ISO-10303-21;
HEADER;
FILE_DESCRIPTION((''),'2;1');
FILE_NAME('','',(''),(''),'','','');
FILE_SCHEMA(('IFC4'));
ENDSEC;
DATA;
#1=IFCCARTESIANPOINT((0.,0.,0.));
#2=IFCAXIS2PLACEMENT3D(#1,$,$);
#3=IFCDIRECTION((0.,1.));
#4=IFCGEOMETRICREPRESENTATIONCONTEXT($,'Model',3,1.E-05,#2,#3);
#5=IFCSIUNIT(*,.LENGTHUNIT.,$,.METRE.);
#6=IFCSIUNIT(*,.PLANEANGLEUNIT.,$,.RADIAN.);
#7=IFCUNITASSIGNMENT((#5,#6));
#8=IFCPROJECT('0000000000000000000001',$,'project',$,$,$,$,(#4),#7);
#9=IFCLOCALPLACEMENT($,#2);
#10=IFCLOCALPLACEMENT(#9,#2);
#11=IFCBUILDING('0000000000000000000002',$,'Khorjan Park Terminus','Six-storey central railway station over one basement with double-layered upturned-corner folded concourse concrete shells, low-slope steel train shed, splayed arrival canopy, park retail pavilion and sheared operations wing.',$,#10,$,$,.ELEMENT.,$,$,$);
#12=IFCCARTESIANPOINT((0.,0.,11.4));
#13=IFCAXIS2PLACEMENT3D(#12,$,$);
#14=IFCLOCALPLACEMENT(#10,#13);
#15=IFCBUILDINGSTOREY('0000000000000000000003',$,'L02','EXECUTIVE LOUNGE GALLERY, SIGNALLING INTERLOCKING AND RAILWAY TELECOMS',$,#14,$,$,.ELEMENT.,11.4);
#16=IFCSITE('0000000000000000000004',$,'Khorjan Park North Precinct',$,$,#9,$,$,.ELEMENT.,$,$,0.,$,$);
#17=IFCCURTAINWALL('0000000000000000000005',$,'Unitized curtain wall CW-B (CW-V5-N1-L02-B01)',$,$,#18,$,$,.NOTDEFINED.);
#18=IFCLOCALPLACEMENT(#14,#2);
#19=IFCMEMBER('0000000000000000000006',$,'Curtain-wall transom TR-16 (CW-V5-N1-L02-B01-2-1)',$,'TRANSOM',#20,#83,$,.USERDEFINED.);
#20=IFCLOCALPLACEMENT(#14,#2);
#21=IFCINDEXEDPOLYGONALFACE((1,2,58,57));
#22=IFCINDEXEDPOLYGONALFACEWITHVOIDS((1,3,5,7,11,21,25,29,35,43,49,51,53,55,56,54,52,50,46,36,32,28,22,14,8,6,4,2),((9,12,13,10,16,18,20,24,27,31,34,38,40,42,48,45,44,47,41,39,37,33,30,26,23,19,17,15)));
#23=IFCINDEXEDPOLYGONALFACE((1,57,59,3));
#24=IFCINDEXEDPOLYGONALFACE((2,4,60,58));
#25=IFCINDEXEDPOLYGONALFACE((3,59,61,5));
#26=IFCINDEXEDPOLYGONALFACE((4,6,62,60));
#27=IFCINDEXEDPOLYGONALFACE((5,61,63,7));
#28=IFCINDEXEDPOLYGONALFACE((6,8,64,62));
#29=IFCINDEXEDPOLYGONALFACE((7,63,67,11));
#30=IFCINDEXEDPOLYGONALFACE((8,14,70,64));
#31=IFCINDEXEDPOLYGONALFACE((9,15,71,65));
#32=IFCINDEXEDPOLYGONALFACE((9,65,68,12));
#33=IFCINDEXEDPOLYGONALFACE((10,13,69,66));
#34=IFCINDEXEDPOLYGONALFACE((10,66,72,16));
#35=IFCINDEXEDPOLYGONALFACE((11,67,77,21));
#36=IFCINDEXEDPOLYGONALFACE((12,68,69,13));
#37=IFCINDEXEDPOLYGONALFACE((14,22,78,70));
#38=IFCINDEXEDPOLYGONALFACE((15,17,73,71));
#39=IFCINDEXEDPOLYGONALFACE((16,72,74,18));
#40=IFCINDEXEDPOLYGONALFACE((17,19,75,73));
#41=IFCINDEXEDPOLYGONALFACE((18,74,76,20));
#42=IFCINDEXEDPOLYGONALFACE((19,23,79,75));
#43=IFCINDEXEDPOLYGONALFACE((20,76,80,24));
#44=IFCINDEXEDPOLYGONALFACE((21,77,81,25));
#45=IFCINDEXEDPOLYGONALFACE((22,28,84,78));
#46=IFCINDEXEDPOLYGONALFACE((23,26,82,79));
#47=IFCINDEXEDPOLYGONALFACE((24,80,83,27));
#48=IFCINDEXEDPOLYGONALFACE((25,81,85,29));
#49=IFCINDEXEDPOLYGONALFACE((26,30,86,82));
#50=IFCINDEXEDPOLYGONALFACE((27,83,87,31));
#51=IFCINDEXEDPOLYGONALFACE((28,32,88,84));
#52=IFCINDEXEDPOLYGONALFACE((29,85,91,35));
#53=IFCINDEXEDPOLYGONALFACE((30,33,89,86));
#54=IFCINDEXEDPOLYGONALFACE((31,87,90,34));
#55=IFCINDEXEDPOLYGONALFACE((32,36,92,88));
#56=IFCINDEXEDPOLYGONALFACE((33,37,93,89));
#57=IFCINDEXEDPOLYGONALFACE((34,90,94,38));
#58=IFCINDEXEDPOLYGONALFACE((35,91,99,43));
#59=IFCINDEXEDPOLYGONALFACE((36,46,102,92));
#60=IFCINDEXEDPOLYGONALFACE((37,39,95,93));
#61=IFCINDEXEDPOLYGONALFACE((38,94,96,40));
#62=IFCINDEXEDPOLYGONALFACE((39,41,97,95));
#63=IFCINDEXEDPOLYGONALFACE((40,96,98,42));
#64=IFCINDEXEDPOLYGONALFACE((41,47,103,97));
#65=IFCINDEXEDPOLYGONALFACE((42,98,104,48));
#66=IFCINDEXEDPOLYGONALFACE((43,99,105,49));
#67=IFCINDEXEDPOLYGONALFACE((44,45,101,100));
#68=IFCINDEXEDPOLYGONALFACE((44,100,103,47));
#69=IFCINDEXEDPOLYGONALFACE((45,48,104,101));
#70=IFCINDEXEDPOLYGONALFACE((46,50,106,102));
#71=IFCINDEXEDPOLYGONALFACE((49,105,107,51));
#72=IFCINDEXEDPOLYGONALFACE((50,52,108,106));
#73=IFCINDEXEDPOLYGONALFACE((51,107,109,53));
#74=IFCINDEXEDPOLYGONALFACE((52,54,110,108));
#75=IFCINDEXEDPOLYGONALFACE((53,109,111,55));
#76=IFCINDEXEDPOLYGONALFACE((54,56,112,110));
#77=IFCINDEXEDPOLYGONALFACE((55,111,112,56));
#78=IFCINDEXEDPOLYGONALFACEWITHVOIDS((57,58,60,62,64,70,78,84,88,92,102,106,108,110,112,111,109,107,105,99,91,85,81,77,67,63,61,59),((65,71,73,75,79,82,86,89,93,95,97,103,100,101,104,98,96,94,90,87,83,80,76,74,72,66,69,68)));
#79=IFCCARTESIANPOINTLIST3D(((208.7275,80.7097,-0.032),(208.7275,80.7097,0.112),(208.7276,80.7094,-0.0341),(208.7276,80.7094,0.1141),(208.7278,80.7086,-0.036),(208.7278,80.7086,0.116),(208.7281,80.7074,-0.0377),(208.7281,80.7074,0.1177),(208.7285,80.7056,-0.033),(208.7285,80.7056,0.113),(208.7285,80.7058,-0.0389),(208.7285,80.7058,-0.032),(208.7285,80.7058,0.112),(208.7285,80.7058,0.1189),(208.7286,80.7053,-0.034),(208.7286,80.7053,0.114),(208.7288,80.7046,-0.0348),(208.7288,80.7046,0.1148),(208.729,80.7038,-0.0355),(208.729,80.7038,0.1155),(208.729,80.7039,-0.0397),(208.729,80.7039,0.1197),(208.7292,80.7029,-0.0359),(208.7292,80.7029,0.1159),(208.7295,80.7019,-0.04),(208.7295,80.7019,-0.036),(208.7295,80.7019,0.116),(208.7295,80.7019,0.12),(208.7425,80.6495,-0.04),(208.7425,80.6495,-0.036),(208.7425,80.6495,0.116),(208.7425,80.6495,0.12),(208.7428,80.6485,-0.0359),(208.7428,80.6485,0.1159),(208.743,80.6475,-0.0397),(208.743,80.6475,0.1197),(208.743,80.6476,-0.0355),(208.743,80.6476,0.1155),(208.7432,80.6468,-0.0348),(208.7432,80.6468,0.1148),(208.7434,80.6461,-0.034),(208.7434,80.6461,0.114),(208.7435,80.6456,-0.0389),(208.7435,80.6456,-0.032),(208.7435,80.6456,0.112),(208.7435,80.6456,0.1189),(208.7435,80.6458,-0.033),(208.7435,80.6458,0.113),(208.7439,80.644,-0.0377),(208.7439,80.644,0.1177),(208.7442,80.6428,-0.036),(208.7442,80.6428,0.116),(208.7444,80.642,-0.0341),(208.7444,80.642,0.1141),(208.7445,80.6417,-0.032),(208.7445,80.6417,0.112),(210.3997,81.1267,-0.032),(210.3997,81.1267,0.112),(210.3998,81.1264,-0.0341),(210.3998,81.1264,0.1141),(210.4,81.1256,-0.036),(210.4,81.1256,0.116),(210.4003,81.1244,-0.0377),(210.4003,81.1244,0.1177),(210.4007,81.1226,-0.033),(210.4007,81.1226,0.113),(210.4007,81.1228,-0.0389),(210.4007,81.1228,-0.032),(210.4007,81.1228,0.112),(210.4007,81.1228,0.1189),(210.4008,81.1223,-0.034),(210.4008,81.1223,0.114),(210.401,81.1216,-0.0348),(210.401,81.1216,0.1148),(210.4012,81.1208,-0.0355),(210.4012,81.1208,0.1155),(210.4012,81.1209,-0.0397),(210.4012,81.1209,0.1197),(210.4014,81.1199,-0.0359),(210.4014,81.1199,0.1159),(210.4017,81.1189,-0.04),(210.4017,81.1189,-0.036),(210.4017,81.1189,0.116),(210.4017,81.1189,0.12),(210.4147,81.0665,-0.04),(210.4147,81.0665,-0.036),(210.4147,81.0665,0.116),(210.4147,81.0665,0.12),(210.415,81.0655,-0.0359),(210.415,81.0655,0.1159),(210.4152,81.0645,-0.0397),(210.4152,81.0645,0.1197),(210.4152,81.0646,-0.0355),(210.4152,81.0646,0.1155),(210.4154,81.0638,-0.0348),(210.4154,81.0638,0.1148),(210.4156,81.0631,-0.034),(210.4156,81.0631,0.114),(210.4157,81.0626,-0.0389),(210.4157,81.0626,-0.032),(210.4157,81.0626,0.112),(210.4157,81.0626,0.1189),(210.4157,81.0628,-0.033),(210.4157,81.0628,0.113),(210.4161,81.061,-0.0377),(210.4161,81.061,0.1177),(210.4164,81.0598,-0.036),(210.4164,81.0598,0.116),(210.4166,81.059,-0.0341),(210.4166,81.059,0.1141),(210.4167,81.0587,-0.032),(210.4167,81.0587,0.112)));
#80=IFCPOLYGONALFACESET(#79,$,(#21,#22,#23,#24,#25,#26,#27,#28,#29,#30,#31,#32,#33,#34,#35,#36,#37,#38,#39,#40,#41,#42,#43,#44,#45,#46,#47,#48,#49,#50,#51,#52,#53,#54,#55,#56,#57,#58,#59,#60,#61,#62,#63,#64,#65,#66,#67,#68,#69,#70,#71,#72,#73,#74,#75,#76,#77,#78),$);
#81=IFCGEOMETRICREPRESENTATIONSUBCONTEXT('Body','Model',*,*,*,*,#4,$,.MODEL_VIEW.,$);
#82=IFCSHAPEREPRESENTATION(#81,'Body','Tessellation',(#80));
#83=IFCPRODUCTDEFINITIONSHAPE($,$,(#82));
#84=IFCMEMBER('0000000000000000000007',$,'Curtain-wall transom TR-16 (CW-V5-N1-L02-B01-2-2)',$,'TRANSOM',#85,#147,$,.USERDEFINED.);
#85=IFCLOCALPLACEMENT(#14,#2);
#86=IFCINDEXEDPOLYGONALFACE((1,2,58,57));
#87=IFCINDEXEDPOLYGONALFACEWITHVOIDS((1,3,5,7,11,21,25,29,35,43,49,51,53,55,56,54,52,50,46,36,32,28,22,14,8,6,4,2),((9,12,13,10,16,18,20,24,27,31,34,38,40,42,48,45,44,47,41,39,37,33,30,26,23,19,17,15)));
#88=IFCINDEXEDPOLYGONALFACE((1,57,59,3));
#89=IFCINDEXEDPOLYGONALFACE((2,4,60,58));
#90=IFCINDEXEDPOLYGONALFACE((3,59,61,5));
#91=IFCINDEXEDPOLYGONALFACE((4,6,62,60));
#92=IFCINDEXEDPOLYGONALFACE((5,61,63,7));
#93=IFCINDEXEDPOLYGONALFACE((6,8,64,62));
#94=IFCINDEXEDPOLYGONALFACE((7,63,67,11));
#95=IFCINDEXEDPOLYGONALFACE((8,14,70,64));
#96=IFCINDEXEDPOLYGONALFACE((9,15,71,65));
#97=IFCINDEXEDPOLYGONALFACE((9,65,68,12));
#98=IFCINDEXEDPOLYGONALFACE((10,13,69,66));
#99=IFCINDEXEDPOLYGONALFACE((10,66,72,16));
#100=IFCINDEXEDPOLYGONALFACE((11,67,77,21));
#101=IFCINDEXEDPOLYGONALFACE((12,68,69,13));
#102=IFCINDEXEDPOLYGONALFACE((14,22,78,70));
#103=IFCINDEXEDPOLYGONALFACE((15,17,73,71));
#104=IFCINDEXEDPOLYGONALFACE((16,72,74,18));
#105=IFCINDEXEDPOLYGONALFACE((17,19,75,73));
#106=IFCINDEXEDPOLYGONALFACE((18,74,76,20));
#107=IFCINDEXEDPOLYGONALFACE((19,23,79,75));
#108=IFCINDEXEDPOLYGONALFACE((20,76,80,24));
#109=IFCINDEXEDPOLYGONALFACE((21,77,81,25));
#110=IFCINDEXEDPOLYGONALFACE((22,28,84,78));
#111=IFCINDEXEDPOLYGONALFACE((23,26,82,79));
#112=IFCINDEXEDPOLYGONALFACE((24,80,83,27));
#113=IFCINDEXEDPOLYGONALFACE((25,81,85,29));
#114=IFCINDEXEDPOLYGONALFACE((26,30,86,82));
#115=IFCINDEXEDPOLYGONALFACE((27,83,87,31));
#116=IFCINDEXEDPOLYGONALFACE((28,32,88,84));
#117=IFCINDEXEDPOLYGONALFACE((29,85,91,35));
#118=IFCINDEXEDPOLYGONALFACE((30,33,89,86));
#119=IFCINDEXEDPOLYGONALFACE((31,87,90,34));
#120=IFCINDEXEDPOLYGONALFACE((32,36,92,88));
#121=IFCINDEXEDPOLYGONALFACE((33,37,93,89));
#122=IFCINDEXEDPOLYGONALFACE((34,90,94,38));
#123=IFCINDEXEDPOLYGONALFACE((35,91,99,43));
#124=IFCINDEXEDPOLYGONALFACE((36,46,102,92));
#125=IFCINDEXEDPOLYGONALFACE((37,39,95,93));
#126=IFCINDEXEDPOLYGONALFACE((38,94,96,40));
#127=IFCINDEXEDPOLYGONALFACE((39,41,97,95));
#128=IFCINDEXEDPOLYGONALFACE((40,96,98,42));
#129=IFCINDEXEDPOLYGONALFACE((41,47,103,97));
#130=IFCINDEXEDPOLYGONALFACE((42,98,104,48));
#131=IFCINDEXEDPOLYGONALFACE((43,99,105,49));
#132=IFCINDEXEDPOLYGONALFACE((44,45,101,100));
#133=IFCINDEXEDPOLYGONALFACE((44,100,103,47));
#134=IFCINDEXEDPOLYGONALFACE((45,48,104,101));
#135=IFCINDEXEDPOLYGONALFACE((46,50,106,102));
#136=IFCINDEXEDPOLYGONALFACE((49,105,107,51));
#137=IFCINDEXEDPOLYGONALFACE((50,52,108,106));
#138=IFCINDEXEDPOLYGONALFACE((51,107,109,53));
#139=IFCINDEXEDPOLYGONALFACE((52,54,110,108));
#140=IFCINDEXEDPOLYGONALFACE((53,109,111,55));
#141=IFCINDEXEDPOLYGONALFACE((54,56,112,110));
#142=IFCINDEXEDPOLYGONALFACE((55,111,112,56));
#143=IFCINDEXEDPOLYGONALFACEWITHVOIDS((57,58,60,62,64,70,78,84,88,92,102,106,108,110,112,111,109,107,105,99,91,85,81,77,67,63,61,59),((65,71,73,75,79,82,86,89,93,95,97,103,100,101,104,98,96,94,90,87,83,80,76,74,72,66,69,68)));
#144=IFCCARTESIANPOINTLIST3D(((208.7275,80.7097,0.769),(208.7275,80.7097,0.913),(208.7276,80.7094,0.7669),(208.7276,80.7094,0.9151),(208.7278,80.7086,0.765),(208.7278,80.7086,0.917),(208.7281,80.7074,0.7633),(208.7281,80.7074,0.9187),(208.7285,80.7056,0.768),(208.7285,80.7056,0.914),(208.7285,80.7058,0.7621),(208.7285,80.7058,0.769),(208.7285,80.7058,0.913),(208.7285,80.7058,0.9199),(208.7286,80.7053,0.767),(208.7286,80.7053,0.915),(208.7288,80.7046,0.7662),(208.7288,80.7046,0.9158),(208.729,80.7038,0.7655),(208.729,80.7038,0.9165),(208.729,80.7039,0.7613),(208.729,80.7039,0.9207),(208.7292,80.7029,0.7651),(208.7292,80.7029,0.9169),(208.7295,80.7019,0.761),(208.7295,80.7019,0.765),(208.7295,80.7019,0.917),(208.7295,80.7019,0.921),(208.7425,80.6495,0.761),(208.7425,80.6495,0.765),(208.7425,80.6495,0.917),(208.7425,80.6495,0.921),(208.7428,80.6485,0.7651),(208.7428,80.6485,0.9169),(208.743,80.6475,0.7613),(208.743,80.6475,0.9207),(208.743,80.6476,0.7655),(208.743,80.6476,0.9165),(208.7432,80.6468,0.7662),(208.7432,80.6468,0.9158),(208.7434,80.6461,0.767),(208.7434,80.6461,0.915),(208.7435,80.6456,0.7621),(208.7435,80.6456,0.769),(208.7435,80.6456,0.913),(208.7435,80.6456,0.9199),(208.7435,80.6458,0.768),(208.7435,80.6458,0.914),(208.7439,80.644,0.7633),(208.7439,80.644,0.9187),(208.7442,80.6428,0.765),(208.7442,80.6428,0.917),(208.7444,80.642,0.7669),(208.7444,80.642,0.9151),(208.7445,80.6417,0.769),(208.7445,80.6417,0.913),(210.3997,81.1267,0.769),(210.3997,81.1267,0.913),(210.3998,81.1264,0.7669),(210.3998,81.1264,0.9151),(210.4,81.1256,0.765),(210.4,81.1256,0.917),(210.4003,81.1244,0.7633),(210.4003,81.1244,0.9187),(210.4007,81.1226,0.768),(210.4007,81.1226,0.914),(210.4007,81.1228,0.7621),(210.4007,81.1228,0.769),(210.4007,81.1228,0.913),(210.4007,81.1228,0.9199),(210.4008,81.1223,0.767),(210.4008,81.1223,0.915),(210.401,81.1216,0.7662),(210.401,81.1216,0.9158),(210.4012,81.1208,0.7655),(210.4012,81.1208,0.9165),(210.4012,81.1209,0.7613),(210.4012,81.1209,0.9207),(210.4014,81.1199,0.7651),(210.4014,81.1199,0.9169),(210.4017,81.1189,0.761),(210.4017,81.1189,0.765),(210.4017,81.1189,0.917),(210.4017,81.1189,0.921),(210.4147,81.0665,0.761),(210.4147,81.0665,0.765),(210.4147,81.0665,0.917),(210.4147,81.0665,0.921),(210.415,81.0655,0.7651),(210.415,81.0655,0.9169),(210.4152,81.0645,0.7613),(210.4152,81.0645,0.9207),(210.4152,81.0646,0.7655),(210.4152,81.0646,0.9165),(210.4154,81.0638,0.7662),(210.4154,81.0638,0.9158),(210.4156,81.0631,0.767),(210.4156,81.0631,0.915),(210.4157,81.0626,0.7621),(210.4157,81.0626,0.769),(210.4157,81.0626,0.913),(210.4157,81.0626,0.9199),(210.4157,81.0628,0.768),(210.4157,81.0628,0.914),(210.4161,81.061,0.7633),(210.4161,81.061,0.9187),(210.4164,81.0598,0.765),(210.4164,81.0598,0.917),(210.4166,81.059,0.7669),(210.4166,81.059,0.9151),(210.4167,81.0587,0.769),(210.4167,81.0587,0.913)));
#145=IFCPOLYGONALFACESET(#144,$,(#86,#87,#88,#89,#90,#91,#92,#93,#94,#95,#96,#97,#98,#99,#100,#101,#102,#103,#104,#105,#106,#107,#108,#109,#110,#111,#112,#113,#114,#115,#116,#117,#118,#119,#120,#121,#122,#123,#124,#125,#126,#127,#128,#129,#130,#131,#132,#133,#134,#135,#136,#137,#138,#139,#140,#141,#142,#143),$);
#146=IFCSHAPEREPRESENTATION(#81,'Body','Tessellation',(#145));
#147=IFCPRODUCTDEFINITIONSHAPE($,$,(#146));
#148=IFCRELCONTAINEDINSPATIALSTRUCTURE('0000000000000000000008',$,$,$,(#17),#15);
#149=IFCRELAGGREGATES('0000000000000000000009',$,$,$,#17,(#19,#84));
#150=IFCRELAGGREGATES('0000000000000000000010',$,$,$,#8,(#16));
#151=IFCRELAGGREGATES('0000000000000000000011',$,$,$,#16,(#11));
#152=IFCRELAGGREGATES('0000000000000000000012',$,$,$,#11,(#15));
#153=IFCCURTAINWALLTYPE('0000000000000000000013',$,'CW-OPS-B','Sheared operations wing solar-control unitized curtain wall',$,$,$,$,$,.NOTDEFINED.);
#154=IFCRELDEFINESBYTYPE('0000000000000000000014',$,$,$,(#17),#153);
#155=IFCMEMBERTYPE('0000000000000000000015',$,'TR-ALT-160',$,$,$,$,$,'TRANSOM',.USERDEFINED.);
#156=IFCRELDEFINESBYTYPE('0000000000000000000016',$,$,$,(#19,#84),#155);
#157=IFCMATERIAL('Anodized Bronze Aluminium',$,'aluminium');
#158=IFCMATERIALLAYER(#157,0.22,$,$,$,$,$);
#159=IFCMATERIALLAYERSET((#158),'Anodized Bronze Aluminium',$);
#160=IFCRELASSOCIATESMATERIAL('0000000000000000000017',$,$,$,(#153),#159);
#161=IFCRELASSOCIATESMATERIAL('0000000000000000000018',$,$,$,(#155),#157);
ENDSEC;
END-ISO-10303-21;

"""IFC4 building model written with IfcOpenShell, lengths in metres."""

from ifc_helpers import new_model, si_unit, direction, frame, origin, origin_2d, place, context, subcontext, project, spatial, hollow_rectangle, extrude, material, layer, layer_set, material_profile, profile_set, type_object, element, aggregate, save


model = new_model("IFC4")

# Units and contexts
model_context = context("Model", 3, precision=1e-05, world=origin(), true_north=direction((0.0, 1.0)))
body_context = subcontext(model_context, "Body", "Model", "MODEL_VIEW")
ifc_project = project(units=[si_unit("LENGTHUNIT", "METRE"), si_unit("PLANEANGLEUNIT", "RADIAN")], contexts=[model_context])

# Site, building, storey
site_placement = place(None, origin())
site = spatial("IfcSite", under=ifc_project, at=site_placement, Name="Khorjan Park North Precinct", CompositionType="ELEMENT", RefElevation=0.0)
building_placement = place(site_placement, origin())
building = spatial("IfcBuilding", under=site, at=building_placement, Name="Khorjan Park Terminus", Description="Six-storey central railway station over one basement with double-layered upturned-corner folded concourse concrete shells, low-slope steel train shed, splayed arrival canopy, park retail pavilion and sheared operations wing.", CompositionType="ELEMENT")
storey_placement = place(building_placement, frame((0.0, 0.0, 11.4)))
storey = spatial("IfcBuildingStorey", under=building, at=storey_placement, Name="L02", Description="EXECUTIVE LOUNGE GALLERY, SIGNALLING INTERLOCKING AND RAILWAY TELECOMS", CompositionType="ELEMENT", Elevation=11.4)

# Curtain wall, members
ifc_material_1 = material(Name="Anodized Bronze Aluminium", Category="aluminium")
ifc_layer_1 = layer(ifc_material_1, 0.22)
ifc_layer_set_1 = layer_set([ifc_layer_1], Name="Anodized Bronze Aluminium")
curtain_wall_type = type_object("IfcCurtainWallType", Name="CW-OPS-B", Description="Sheared operations wing solar-control unitized curtain wall", PredefinedType="NOTDEFINED", material=ifc_layer_set_1)
curtain_wall_placement = place(storey_placement, origin())
curtain_wall = element("IfcCurtainWall", 1, at=curtain_wall_placement, inside=storey, type_object=curtain_wall_type, Name="Unitized curtain wall CW-B (CW-V5-N1-L02-B01)", PredefinedType="NOTDEFINED")
ifc_material_profile_1 = material_profile(ifc_material_1, hollow_rectangle(XDim=0.07, YDim=0.16, WallThickness=0.004, InnerFilletRadius=0.004, OuterFilletRadius=0.008, at=origin_2d()), Name="ALT 70x160x4")
ifc_profile_set_1 = profile_set([ifc_material_profile_1], Name="Anodized Bronze Aluminium")
member_type_1 = type_object("IfcMemberType", Name="TR-ALT-160", ElementType="TRANSOM", PredefinedType="USERDEFINED", material=ifc_profile_set_1)
member_1_placement = place(storey_placement, frame((210.4082, 81.0927, 0.04), z_axis=(-0.970286, -0.241962, 0.0), x_axis=(0.241962, -0.970286, 0.0)))
member_1 = element("IfcMember", 2, at=member_1_placement, type_object=member_type_1, Name="Curtain-wall transom TR-16 (CW-V5-N1-L02-B01-2-1)", ObjectType="TRANSOM", PredefinedType="USERDEFINED", context=body_context, shape_type="SweptSolid", body=[
    extrude(hollow_rectangle(XDim=0.07, YDim=0.16, WallThickness=0.004, InnerFilletRadius=0.004, OuterFilletRadius=0.008, at=origin_2d()), origin(), (0.0, 0.0, 1.0), 1.7234),
])
member_2_placement = place(storey_placement, frame((210.4082, 81.0927, 0.841), z_axis=(-0.970286, -0.241962, 0.0), x_axis=(0.241962, -0.970286, 0.0)))
member_2 = element("IfcMember", 3, at=member_2_placement, type_object=member_type_1, Name="Curtain-wall transom TR-16 (CW-V5-N1-L02-B01-2-2)", ObjectType="TRANSOM", PredefinedType="USERDEFINED", context=body_context, shape_type="SweptSolid", body=[
    extrude(hollow_rectangle(XDim=0.07, YDim=0.16, WallThickness=0.004, InnerFilletRadius=0.004, OuterFilletRadius=0.008, at=origin_2d()), origin(), (0.0, 0.0, 1.0), 1.7234),
])
aggregate(curtain_wall, [member_1, member_2])

save(model, "model.ifc")
